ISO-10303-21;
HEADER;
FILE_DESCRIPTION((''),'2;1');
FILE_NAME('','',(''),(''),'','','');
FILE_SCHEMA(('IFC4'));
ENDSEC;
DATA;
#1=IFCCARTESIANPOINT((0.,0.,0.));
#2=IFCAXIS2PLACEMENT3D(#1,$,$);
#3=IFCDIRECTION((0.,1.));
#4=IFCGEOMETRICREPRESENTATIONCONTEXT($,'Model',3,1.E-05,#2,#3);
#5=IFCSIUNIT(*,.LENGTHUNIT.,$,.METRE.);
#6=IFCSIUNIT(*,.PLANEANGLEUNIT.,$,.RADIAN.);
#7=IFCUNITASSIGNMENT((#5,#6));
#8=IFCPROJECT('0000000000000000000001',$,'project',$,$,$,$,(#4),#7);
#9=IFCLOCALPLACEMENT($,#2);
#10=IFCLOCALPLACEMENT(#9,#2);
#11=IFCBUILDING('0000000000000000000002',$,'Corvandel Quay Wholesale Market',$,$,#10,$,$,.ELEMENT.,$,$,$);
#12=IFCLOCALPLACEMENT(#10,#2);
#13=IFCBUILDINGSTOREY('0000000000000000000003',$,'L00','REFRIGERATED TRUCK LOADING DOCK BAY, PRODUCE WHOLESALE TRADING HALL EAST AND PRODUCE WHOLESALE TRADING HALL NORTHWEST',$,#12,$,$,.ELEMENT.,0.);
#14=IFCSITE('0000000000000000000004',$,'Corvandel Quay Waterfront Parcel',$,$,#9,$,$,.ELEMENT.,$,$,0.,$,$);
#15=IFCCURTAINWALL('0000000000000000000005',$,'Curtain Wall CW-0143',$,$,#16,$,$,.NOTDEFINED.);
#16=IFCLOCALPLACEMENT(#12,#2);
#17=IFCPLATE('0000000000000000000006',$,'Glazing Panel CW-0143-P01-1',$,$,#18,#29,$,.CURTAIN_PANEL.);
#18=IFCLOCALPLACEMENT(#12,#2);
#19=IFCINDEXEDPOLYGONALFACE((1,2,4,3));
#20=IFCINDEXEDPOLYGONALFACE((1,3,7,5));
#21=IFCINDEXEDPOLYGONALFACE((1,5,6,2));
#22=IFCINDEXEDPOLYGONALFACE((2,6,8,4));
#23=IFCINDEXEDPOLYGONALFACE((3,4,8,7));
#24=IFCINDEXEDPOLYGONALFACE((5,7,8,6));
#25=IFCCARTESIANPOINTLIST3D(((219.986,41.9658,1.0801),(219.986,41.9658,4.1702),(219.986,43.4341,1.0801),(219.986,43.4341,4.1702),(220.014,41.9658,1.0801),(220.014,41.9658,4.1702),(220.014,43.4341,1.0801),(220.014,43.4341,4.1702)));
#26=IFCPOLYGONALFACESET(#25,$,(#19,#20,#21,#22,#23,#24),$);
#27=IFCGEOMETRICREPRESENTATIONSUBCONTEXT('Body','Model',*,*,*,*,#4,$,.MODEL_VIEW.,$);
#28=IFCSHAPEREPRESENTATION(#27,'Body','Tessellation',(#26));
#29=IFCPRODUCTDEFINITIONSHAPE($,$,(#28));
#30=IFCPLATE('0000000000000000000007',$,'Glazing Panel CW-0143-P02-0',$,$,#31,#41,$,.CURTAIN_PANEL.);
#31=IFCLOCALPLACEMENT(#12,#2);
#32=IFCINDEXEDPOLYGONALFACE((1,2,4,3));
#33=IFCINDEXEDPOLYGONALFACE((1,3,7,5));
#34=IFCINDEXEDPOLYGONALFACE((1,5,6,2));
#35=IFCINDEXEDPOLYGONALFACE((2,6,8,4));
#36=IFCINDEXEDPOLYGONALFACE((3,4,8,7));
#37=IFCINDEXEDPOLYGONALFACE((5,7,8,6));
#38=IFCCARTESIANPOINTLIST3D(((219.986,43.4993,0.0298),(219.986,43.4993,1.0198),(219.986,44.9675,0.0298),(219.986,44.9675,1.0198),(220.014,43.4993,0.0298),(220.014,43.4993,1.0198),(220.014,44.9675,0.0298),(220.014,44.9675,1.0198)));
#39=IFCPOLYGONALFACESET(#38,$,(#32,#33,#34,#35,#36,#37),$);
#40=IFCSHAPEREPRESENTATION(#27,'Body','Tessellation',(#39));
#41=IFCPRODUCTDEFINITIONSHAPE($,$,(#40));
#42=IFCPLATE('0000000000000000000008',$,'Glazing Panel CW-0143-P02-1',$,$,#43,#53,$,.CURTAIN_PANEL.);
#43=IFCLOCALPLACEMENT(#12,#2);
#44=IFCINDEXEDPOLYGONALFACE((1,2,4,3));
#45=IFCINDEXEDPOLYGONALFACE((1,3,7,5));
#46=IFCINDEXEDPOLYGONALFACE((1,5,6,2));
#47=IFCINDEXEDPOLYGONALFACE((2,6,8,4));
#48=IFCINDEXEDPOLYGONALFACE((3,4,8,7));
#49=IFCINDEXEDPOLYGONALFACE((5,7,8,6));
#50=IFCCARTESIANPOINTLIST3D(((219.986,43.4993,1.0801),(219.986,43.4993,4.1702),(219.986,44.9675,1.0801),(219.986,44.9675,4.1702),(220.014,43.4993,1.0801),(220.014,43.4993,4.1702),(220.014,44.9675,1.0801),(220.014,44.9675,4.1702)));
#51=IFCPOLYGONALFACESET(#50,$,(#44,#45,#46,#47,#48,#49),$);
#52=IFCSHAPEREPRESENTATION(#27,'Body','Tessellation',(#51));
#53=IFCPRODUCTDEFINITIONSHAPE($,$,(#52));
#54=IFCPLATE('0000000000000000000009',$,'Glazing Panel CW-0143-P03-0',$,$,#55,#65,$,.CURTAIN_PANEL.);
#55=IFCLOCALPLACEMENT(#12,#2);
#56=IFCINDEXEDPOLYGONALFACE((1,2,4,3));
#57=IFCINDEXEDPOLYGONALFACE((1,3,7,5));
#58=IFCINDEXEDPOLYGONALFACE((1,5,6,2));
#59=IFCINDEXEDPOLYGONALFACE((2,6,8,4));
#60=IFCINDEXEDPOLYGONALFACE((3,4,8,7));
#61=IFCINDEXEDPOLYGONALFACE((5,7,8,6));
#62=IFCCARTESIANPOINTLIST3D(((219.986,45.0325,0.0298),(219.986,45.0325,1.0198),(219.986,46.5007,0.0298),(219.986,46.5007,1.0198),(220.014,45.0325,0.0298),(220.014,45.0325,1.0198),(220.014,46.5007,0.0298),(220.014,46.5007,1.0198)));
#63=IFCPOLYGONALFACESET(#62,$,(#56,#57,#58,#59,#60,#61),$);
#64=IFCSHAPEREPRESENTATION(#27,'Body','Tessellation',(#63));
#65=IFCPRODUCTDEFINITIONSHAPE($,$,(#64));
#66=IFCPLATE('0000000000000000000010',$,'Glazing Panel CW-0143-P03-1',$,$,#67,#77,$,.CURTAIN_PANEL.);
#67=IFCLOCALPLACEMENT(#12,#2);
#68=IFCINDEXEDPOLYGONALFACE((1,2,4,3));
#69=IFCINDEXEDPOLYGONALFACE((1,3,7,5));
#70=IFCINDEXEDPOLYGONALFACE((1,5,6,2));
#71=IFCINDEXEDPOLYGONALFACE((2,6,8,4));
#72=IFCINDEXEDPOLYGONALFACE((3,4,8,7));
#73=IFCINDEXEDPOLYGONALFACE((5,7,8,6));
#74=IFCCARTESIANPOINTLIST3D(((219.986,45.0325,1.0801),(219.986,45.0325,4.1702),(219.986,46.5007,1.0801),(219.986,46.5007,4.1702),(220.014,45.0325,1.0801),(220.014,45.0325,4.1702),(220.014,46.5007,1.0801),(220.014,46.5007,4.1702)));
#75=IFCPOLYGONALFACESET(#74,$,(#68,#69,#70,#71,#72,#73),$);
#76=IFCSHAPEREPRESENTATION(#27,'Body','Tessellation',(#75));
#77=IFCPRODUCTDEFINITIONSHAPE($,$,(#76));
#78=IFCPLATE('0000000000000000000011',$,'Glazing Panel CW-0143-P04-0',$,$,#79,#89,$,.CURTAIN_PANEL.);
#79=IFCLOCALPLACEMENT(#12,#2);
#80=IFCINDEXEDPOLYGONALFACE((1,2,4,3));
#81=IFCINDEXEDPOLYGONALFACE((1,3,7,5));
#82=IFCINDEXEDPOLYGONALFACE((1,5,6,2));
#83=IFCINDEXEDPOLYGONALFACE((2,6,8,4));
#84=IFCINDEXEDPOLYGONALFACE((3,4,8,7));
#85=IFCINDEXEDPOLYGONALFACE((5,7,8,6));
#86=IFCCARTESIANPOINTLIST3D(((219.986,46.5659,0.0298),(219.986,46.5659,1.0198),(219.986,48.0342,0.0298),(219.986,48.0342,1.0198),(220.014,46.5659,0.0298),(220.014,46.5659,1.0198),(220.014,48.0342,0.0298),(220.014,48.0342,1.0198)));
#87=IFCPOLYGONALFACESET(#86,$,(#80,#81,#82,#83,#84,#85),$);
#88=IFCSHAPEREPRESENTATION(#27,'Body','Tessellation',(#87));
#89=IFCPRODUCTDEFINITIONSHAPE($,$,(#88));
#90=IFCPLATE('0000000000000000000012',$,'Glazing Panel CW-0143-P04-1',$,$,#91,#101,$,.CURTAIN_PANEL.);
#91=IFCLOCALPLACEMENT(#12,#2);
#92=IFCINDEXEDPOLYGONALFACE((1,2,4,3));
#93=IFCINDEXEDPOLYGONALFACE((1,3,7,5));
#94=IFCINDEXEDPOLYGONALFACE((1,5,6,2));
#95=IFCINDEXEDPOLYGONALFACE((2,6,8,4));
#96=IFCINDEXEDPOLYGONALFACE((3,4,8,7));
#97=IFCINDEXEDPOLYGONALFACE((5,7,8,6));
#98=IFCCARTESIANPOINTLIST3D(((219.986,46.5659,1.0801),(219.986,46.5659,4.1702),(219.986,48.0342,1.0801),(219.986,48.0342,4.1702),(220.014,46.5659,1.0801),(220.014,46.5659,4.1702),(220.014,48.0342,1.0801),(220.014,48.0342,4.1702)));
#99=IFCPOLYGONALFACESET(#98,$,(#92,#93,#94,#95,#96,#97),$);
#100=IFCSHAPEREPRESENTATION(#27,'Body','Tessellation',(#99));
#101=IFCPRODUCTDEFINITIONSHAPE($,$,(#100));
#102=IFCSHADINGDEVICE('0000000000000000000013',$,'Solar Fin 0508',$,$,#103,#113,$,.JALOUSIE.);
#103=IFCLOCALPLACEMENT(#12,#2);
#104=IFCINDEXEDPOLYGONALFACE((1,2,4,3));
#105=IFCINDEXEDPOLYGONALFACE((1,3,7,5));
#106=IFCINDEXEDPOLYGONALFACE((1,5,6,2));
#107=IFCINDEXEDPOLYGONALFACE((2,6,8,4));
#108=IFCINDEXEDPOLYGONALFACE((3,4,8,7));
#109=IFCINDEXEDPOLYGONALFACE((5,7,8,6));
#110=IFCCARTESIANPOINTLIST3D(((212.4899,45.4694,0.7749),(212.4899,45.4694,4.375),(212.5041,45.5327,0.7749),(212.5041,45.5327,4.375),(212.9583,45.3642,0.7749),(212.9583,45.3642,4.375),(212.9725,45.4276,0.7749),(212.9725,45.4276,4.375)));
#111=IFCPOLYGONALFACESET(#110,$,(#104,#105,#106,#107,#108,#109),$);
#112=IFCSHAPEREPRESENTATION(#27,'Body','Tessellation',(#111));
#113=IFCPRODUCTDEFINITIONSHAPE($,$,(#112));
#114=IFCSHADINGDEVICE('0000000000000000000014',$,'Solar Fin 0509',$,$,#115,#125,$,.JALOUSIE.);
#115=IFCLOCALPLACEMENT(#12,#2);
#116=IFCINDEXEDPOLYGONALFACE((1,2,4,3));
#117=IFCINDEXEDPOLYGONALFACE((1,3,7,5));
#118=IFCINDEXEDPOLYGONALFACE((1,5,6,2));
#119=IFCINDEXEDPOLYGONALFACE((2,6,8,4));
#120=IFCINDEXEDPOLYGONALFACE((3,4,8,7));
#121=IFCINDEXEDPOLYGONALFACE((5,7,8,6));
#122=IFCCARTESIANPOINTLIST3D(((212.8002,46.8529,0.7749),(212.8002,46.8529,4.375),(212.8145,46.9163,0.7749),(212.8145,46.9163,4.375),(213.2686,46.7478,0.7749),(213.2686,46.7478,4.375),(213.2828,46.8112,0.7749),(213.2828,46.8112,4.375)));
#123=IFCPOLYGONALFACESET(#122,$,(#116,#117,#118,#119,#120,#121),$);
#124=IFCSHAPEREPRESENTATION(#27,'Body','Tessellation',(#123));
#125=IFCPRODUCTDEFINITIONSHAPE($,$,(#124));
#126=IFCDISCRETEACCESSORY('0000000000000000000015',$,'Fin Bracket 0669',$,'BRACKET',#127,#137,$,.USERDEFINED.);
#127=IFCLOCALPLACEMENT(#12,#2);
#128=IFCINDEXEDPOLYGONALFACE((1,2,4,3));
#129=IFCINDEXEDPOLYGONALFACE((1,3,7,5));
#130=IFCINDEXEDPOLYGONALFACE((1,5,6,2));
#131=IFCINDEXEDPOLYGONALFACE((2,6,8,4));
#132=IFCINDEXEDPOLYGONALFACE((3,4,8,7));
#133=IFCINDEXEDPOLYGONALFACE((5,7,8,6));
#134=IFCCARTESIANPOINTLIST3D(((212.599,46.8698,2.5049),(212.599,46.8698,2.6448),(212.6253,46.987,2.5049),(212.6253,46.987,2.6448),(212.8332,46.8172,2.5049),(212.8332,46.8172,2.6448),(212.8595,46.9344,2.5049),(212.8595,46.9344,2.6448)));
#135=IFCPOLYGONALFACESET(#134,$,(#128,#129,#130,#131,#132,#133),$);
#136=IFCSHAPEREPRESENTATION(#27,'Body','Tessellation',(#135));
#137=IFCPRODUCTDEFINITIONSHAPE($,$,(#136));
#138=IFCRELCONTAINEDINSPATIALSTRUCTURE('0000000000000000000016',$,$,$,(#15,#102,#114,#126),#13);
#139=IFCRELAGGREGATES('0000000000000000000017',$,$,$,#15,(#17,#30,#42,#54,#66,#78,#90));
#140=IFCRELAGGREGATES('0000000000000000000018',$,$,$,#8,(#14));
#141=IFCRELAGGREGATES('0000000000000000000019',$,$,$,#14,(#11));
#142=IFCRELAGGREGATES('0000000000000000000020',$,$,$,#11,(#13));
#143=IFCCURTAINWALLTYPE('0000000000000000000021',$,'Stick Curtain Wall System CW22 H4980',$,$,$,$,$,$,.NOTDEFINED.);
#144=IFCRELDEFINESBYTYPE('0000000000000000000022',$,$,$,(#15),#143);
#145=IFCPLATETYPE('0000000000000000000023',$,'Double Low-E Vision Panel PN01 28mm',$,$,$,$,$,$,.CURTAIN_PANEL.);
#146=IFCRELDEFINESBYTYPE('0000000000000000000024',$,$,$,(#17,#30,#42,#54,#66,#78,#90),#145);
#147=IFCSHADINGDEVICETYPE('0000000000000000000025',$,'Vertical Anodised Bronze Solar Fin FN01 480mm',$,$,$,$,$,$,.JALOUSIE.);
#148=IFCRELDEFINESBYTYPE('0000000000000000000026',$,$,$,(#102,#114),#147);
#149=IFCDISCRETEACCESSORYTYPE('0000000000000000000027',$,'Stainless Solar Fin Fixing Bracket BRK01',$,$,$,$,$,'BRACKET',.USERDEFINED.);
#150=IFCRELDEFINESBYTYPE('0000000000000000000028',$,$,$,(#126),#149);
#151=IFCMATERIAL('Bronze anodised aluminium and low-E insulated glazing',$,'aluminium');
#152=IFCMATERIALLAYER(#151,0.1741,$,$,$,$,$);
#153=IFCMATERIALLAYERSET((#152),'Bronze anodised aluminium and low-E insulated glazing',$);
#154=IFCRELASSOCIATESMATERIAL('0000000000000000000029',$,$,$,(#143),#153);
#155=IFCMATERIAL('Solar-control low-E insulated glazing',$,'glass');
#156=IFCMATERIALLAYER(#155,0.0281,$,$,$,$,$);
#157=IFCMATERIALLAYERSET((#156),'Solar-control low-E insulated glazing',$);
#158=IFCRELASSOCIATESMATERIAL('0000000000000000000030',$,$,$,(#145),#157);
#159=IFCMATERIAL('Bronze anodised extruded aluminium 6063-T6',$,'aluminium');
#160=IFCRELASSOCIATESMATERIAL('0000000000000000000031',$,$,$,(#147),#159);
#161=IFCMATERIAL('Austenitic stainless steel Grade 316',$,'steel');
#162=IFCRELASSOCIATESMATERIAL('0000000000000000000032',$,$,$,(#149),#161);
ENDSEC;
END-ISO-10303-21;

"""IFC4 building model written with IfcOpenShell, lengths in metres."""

from ifc_helpers import new_model, si_unit, direction, frame, origin, origin_2d, place, context, subcontext, project, spatial, rectangle, extrude, material, layer, layer_set, type_object, element, aggregate, save


model = new_model("IFC4")

# Units and contexts
model_context = context("Model", 3, precision=1e-05, world=origin(), true_north=direction((0.0, 1.0)))
body_context = subcontext(model_context, "Body", "Model", "MODEL_VIEW")
ifc_project = project(units=[si_unit("LENGTHUNIT", "METRE"), si_unit("PLANEANGLEUNIT", "RADIAN")], contexts=[model_context])

# Site, building, storey
site_placement = place(None, origin())
site = spatial("IfcSite", under=ifc_project, at=site_placement, Name="Corvandel Quay Waterfront Parcel", CompositionType="ELEMENT", RefElevation=0.0)
building_placement = place(site_placement, origin())
building = spatial("IfcBuilding", under=site, at=building_placement, Name="Corvandel Quay Wholesale Market", CompositionType="ELEMENT")
storey_placement = place(building_placement, origin())
storey = spatial("IfcBuildingStorey", under=building, at=storey_placement, Name="L00", Description="REFRIGERATED TRUCK LOADING DOCK BAY, PRODUCE WHOLESALE TRADING HALL EAST AND PRODUCE WHOLESALE TRADING HALL NORTHWEST", CompositionType="ELEMENT", Elevation=0.0)

# Curtain wall
ifc_material_1 = material(Name="Bronze anodised aluminium and low-E insulated glazing", Category="aluminium")
ifc_layer_1 = layer(ifc_material_1, 0.1741)
ifc_layer_set_1 = layer_set([ifc_layer_1], Name="Bronze anodised aluminium and low-E insulated glazing")
curtain_wall_type_1 = type_object("IfcCurtainWallType", Name="Stick Curtain Wall System CW22 H4980", PredefinedType="NOTDEFINED", material=ifc_layer_set_1)
curtain_wall_1_placement = place(storey_placement, origin())
curtain_wall_1 = element("IfcCurtainWall", 1, at=curtain_wall_1_placement, inside=storey, type_object=curtain_wall_type_1, Name="Curtain Wall CW-0143", PredefinedType="NOTDEFINED")

# Plates
ifc_material_2 = material(Name="Solar-control low-E insulated glazing", Category="glass")
ifc_layer_2 = layer(ifc_material_2, 0.0281)
ifc_layer_set_2 = layer_set([ifc_layer_2], Name="Solar-control low-E insulated glazing")
plate_type_1 = type_object("IfcPlateType", Name="Double Low-E Vision Panel PN01 28mm", PredefinedType="CURTAIN_PANEL", material=ifc_layer_set_2)
plate_1_placement = place(storey_placement, frame((220.0, 42.7, 1.0801), z_axis=(0.0, 0.0, 1.0), x_axis=(0.0, 1.0, 0.0)))
plate_1 = element("IfcPlate", 2, at=plate_1_placement, type_object=plate_type_1, Name="Glazing Panel CW-0143-P01-1", PredefinedType="CURTAIN_PANEL", context=body_context, shape_type="SweptSolid", body=[
    extrude(rectangle(XDim=1.4683, YDim=0.0281, at=origin_2d()), origin(), (0.0, 0.0, 1.0), 3.0901),
])
plate_2_placement = place(storey_placement, frame((220.0, 44.2334, 0.0298), z_axis=(0.0, 0.0, 1.0), x_axis=(0.0, 1.0, 0.0)))
plate_2 = element("IfcPlate", 3, at=plate_2_placement, type_object=plate_type_1, Name="Glazing Panel CW-0143-P02-0", PredefinedType="CURTAIN_PANEL", context=body_context, shape_type="SweptSolid", body=[
    extrude(rectangle(XDim=1.4683, YDim=0.0281, at=origin_2d()), origin(), (0.0, 0.0, 1.0), 0.99),
])
plate_3_placement = place(storey_placement, frame((220.0, 44.2334, 1.0801), z_axis=(0.0, 0.0, 1.0), x_axis=(0.0, 1.0, 0.0)))
plate_3 = element("IfcPlate", 4, at=plate_3_placement, type_object=plate_type_1, Name="Glazing Panel CW-0143-P02-1", PredefinedType="CURTAIN_PANEL", context=body_context, shape_type="SweptSolid", body=[
    extrude(rectangle(XDim=1.4683, YDim=0.0281, at=origin_2d()), origin(), (0.0, 0.0, 1.0), 3.0901),
])
plate_4_placement = place(storey_placement, frame((220.0, 45.7666, 0.0298), z_axis=(0.0, 0.0, 1.0), x_axis=(0.0, 1.0, 0.0)))
plate_4 = element("IfcPlate", 5, at=plate_4_placement, type_object=plate_type_1, Name="Glazing Panel CW-0143-P03-0", PredefinedType="CURTAIN_PANEL", context=body_context, shape_type="SweptSolid", body=[
    extrude(rectangle(XDim=1.4683, YDim=0.0281, at=origin_2d()), origin(), (0.0, 0.0, 1.0), 0.99),
])
plate_5_placement = place(storey_placement, frame((220.0, 45.7666, 1.0801), z_axis=(0.0, 0.0, 1.0), x_axis=(0.0, 1.0, 0.0)))
plate_5 = element("IfcPlate", 6, at=plate_5_placement, type_object=plate_type_1, Name="Glazing Panel CW-0143-P03-1", PredefinedType="CURTAIN_PANEL", context=body_context, shape_type="SweptSolid", body=[
    extrude(rectangle(XDim=1.4683, YDim=0.0281, at=origin_2d()), origin(), (0.0, 0.0, 1.0), 3.0901),
])
plate_6_placement = place(storey_placement, frame((220.0, 47.3, 0.0298), z_axis=(0.0, 0.0, 1.0), x_axis=(0.0, 1.0, 0.0)))
plate_6 = element("IfcPlate", 7, at=plate_6_placement, type_object=plate_type_1, Name="Glazing Panel CW-0143-P04-0", PredefinedType="CURTAIN_PANEL", context=body_context, shape_type="SweptSolid", body=[
    extrude(rectangle(XDim=1.4683, YDim=0.0281, at=origin_2d()), origin(), (0.0, 0.0, 1.0), 0.99),
])
plate_7_placement = place(storey_placement, frame((220.0, 47.3, 1.0801), z_axis=(0.0, 0.0, 1.0), x_axis=(0.0, 1.0, 0.0)))
plate_7 = element("IfcPlate", 8, at=plate_7_placement, type_object=plate_type_1, Name="Glazing Panel CW-0143-P04-1", PredefinedType="CURTAIN_PANEL", context=body_context, shape_type="SweptSolid", body=[
    extrude(rectangle(XDim=1.4683, YDim=0.0281, at=origin_2d()), origin(), (0.0, 0.0, 1.0), 3.0901),
])
aggregate(curtain_wall_1, [plate_1, plate_2, plate_3, plate_4, plate_5, plate_6, plate_7])

# Shading devices
ifc_material_3 = material(Name="Bronze anodised extruded aluminium 6063-T6", Category="aluminium")
shading_device_type = type_object("IfcShadingDeviceType", Name="Vertical Anodised Bronze Solar Fin FN01 480mm", PredefinedType="JALOUSIE", material=ifc_material_3)
for number, where, z_axis, x_axis, name in (
    (9, (212.7312, 45.4485, 0.7749), (0.0, 0.0, 1.0), (-0.975726, 0.218995, 0.0), "Solar Fin 0508"),
    (10, (213.0415, 46.832, 0.7749), (0.0, 0.0, 1.0), (-0.975726, 0.218995, 0.0), "Solar Fin 0509"),
):
    element("IfcShadingDevice", number, at=place(storey_placement, frame(where, z_axis=z_axis, x_axis=x_axis)), inside=storey, type_object=shading_device_type, Name=name, PredefinedType="JALOUSIE", context=body_context, shape_type="SweptSolid", body=[
        extrude(rectangle(XDim=0.48, YDim=0.0649, at=origin_2d()), origin(), (0.0, 0.0, 1.0), 3.6001),
    ])

# Discrete accessory
ifc_material_4 = material(Name="Austenitic stainless steel Grade 316", Category="steel")
discrete_accessory_type = type_object("IfcDiscreteAccessoryType", Name="Stainless Solar Fin Fixing Bracket BRK01", ElementType="BRACKET", PredefinedType="USERDEFINED", material=ifc_material_4)
discrete_accessory_placement = place(storey_placement, frame((212.7292, 46.9021, 2.5049), z_axis=(0.0, 0.0, 1.0), x_axis=(-0.975726, 0.218995, 0.0)))
element("IfcDiscreteAccessory", 11, at=discrete_accessory_placement, inside=storey, type_object=discrete_accessory_type, Name="Fin Bracket 0669", ObjectType="BRACKET", PredefinedType="USERDEFINED", context=body_context, shape_type="SweptSolid", body=[
    extrude(rectangle(XDim=0.24, YDim=0.1201, at=origin_2d()), origin(), (0.0, 0.0, 1.0), 0.1399),
])

save(model, "model.ifc")
